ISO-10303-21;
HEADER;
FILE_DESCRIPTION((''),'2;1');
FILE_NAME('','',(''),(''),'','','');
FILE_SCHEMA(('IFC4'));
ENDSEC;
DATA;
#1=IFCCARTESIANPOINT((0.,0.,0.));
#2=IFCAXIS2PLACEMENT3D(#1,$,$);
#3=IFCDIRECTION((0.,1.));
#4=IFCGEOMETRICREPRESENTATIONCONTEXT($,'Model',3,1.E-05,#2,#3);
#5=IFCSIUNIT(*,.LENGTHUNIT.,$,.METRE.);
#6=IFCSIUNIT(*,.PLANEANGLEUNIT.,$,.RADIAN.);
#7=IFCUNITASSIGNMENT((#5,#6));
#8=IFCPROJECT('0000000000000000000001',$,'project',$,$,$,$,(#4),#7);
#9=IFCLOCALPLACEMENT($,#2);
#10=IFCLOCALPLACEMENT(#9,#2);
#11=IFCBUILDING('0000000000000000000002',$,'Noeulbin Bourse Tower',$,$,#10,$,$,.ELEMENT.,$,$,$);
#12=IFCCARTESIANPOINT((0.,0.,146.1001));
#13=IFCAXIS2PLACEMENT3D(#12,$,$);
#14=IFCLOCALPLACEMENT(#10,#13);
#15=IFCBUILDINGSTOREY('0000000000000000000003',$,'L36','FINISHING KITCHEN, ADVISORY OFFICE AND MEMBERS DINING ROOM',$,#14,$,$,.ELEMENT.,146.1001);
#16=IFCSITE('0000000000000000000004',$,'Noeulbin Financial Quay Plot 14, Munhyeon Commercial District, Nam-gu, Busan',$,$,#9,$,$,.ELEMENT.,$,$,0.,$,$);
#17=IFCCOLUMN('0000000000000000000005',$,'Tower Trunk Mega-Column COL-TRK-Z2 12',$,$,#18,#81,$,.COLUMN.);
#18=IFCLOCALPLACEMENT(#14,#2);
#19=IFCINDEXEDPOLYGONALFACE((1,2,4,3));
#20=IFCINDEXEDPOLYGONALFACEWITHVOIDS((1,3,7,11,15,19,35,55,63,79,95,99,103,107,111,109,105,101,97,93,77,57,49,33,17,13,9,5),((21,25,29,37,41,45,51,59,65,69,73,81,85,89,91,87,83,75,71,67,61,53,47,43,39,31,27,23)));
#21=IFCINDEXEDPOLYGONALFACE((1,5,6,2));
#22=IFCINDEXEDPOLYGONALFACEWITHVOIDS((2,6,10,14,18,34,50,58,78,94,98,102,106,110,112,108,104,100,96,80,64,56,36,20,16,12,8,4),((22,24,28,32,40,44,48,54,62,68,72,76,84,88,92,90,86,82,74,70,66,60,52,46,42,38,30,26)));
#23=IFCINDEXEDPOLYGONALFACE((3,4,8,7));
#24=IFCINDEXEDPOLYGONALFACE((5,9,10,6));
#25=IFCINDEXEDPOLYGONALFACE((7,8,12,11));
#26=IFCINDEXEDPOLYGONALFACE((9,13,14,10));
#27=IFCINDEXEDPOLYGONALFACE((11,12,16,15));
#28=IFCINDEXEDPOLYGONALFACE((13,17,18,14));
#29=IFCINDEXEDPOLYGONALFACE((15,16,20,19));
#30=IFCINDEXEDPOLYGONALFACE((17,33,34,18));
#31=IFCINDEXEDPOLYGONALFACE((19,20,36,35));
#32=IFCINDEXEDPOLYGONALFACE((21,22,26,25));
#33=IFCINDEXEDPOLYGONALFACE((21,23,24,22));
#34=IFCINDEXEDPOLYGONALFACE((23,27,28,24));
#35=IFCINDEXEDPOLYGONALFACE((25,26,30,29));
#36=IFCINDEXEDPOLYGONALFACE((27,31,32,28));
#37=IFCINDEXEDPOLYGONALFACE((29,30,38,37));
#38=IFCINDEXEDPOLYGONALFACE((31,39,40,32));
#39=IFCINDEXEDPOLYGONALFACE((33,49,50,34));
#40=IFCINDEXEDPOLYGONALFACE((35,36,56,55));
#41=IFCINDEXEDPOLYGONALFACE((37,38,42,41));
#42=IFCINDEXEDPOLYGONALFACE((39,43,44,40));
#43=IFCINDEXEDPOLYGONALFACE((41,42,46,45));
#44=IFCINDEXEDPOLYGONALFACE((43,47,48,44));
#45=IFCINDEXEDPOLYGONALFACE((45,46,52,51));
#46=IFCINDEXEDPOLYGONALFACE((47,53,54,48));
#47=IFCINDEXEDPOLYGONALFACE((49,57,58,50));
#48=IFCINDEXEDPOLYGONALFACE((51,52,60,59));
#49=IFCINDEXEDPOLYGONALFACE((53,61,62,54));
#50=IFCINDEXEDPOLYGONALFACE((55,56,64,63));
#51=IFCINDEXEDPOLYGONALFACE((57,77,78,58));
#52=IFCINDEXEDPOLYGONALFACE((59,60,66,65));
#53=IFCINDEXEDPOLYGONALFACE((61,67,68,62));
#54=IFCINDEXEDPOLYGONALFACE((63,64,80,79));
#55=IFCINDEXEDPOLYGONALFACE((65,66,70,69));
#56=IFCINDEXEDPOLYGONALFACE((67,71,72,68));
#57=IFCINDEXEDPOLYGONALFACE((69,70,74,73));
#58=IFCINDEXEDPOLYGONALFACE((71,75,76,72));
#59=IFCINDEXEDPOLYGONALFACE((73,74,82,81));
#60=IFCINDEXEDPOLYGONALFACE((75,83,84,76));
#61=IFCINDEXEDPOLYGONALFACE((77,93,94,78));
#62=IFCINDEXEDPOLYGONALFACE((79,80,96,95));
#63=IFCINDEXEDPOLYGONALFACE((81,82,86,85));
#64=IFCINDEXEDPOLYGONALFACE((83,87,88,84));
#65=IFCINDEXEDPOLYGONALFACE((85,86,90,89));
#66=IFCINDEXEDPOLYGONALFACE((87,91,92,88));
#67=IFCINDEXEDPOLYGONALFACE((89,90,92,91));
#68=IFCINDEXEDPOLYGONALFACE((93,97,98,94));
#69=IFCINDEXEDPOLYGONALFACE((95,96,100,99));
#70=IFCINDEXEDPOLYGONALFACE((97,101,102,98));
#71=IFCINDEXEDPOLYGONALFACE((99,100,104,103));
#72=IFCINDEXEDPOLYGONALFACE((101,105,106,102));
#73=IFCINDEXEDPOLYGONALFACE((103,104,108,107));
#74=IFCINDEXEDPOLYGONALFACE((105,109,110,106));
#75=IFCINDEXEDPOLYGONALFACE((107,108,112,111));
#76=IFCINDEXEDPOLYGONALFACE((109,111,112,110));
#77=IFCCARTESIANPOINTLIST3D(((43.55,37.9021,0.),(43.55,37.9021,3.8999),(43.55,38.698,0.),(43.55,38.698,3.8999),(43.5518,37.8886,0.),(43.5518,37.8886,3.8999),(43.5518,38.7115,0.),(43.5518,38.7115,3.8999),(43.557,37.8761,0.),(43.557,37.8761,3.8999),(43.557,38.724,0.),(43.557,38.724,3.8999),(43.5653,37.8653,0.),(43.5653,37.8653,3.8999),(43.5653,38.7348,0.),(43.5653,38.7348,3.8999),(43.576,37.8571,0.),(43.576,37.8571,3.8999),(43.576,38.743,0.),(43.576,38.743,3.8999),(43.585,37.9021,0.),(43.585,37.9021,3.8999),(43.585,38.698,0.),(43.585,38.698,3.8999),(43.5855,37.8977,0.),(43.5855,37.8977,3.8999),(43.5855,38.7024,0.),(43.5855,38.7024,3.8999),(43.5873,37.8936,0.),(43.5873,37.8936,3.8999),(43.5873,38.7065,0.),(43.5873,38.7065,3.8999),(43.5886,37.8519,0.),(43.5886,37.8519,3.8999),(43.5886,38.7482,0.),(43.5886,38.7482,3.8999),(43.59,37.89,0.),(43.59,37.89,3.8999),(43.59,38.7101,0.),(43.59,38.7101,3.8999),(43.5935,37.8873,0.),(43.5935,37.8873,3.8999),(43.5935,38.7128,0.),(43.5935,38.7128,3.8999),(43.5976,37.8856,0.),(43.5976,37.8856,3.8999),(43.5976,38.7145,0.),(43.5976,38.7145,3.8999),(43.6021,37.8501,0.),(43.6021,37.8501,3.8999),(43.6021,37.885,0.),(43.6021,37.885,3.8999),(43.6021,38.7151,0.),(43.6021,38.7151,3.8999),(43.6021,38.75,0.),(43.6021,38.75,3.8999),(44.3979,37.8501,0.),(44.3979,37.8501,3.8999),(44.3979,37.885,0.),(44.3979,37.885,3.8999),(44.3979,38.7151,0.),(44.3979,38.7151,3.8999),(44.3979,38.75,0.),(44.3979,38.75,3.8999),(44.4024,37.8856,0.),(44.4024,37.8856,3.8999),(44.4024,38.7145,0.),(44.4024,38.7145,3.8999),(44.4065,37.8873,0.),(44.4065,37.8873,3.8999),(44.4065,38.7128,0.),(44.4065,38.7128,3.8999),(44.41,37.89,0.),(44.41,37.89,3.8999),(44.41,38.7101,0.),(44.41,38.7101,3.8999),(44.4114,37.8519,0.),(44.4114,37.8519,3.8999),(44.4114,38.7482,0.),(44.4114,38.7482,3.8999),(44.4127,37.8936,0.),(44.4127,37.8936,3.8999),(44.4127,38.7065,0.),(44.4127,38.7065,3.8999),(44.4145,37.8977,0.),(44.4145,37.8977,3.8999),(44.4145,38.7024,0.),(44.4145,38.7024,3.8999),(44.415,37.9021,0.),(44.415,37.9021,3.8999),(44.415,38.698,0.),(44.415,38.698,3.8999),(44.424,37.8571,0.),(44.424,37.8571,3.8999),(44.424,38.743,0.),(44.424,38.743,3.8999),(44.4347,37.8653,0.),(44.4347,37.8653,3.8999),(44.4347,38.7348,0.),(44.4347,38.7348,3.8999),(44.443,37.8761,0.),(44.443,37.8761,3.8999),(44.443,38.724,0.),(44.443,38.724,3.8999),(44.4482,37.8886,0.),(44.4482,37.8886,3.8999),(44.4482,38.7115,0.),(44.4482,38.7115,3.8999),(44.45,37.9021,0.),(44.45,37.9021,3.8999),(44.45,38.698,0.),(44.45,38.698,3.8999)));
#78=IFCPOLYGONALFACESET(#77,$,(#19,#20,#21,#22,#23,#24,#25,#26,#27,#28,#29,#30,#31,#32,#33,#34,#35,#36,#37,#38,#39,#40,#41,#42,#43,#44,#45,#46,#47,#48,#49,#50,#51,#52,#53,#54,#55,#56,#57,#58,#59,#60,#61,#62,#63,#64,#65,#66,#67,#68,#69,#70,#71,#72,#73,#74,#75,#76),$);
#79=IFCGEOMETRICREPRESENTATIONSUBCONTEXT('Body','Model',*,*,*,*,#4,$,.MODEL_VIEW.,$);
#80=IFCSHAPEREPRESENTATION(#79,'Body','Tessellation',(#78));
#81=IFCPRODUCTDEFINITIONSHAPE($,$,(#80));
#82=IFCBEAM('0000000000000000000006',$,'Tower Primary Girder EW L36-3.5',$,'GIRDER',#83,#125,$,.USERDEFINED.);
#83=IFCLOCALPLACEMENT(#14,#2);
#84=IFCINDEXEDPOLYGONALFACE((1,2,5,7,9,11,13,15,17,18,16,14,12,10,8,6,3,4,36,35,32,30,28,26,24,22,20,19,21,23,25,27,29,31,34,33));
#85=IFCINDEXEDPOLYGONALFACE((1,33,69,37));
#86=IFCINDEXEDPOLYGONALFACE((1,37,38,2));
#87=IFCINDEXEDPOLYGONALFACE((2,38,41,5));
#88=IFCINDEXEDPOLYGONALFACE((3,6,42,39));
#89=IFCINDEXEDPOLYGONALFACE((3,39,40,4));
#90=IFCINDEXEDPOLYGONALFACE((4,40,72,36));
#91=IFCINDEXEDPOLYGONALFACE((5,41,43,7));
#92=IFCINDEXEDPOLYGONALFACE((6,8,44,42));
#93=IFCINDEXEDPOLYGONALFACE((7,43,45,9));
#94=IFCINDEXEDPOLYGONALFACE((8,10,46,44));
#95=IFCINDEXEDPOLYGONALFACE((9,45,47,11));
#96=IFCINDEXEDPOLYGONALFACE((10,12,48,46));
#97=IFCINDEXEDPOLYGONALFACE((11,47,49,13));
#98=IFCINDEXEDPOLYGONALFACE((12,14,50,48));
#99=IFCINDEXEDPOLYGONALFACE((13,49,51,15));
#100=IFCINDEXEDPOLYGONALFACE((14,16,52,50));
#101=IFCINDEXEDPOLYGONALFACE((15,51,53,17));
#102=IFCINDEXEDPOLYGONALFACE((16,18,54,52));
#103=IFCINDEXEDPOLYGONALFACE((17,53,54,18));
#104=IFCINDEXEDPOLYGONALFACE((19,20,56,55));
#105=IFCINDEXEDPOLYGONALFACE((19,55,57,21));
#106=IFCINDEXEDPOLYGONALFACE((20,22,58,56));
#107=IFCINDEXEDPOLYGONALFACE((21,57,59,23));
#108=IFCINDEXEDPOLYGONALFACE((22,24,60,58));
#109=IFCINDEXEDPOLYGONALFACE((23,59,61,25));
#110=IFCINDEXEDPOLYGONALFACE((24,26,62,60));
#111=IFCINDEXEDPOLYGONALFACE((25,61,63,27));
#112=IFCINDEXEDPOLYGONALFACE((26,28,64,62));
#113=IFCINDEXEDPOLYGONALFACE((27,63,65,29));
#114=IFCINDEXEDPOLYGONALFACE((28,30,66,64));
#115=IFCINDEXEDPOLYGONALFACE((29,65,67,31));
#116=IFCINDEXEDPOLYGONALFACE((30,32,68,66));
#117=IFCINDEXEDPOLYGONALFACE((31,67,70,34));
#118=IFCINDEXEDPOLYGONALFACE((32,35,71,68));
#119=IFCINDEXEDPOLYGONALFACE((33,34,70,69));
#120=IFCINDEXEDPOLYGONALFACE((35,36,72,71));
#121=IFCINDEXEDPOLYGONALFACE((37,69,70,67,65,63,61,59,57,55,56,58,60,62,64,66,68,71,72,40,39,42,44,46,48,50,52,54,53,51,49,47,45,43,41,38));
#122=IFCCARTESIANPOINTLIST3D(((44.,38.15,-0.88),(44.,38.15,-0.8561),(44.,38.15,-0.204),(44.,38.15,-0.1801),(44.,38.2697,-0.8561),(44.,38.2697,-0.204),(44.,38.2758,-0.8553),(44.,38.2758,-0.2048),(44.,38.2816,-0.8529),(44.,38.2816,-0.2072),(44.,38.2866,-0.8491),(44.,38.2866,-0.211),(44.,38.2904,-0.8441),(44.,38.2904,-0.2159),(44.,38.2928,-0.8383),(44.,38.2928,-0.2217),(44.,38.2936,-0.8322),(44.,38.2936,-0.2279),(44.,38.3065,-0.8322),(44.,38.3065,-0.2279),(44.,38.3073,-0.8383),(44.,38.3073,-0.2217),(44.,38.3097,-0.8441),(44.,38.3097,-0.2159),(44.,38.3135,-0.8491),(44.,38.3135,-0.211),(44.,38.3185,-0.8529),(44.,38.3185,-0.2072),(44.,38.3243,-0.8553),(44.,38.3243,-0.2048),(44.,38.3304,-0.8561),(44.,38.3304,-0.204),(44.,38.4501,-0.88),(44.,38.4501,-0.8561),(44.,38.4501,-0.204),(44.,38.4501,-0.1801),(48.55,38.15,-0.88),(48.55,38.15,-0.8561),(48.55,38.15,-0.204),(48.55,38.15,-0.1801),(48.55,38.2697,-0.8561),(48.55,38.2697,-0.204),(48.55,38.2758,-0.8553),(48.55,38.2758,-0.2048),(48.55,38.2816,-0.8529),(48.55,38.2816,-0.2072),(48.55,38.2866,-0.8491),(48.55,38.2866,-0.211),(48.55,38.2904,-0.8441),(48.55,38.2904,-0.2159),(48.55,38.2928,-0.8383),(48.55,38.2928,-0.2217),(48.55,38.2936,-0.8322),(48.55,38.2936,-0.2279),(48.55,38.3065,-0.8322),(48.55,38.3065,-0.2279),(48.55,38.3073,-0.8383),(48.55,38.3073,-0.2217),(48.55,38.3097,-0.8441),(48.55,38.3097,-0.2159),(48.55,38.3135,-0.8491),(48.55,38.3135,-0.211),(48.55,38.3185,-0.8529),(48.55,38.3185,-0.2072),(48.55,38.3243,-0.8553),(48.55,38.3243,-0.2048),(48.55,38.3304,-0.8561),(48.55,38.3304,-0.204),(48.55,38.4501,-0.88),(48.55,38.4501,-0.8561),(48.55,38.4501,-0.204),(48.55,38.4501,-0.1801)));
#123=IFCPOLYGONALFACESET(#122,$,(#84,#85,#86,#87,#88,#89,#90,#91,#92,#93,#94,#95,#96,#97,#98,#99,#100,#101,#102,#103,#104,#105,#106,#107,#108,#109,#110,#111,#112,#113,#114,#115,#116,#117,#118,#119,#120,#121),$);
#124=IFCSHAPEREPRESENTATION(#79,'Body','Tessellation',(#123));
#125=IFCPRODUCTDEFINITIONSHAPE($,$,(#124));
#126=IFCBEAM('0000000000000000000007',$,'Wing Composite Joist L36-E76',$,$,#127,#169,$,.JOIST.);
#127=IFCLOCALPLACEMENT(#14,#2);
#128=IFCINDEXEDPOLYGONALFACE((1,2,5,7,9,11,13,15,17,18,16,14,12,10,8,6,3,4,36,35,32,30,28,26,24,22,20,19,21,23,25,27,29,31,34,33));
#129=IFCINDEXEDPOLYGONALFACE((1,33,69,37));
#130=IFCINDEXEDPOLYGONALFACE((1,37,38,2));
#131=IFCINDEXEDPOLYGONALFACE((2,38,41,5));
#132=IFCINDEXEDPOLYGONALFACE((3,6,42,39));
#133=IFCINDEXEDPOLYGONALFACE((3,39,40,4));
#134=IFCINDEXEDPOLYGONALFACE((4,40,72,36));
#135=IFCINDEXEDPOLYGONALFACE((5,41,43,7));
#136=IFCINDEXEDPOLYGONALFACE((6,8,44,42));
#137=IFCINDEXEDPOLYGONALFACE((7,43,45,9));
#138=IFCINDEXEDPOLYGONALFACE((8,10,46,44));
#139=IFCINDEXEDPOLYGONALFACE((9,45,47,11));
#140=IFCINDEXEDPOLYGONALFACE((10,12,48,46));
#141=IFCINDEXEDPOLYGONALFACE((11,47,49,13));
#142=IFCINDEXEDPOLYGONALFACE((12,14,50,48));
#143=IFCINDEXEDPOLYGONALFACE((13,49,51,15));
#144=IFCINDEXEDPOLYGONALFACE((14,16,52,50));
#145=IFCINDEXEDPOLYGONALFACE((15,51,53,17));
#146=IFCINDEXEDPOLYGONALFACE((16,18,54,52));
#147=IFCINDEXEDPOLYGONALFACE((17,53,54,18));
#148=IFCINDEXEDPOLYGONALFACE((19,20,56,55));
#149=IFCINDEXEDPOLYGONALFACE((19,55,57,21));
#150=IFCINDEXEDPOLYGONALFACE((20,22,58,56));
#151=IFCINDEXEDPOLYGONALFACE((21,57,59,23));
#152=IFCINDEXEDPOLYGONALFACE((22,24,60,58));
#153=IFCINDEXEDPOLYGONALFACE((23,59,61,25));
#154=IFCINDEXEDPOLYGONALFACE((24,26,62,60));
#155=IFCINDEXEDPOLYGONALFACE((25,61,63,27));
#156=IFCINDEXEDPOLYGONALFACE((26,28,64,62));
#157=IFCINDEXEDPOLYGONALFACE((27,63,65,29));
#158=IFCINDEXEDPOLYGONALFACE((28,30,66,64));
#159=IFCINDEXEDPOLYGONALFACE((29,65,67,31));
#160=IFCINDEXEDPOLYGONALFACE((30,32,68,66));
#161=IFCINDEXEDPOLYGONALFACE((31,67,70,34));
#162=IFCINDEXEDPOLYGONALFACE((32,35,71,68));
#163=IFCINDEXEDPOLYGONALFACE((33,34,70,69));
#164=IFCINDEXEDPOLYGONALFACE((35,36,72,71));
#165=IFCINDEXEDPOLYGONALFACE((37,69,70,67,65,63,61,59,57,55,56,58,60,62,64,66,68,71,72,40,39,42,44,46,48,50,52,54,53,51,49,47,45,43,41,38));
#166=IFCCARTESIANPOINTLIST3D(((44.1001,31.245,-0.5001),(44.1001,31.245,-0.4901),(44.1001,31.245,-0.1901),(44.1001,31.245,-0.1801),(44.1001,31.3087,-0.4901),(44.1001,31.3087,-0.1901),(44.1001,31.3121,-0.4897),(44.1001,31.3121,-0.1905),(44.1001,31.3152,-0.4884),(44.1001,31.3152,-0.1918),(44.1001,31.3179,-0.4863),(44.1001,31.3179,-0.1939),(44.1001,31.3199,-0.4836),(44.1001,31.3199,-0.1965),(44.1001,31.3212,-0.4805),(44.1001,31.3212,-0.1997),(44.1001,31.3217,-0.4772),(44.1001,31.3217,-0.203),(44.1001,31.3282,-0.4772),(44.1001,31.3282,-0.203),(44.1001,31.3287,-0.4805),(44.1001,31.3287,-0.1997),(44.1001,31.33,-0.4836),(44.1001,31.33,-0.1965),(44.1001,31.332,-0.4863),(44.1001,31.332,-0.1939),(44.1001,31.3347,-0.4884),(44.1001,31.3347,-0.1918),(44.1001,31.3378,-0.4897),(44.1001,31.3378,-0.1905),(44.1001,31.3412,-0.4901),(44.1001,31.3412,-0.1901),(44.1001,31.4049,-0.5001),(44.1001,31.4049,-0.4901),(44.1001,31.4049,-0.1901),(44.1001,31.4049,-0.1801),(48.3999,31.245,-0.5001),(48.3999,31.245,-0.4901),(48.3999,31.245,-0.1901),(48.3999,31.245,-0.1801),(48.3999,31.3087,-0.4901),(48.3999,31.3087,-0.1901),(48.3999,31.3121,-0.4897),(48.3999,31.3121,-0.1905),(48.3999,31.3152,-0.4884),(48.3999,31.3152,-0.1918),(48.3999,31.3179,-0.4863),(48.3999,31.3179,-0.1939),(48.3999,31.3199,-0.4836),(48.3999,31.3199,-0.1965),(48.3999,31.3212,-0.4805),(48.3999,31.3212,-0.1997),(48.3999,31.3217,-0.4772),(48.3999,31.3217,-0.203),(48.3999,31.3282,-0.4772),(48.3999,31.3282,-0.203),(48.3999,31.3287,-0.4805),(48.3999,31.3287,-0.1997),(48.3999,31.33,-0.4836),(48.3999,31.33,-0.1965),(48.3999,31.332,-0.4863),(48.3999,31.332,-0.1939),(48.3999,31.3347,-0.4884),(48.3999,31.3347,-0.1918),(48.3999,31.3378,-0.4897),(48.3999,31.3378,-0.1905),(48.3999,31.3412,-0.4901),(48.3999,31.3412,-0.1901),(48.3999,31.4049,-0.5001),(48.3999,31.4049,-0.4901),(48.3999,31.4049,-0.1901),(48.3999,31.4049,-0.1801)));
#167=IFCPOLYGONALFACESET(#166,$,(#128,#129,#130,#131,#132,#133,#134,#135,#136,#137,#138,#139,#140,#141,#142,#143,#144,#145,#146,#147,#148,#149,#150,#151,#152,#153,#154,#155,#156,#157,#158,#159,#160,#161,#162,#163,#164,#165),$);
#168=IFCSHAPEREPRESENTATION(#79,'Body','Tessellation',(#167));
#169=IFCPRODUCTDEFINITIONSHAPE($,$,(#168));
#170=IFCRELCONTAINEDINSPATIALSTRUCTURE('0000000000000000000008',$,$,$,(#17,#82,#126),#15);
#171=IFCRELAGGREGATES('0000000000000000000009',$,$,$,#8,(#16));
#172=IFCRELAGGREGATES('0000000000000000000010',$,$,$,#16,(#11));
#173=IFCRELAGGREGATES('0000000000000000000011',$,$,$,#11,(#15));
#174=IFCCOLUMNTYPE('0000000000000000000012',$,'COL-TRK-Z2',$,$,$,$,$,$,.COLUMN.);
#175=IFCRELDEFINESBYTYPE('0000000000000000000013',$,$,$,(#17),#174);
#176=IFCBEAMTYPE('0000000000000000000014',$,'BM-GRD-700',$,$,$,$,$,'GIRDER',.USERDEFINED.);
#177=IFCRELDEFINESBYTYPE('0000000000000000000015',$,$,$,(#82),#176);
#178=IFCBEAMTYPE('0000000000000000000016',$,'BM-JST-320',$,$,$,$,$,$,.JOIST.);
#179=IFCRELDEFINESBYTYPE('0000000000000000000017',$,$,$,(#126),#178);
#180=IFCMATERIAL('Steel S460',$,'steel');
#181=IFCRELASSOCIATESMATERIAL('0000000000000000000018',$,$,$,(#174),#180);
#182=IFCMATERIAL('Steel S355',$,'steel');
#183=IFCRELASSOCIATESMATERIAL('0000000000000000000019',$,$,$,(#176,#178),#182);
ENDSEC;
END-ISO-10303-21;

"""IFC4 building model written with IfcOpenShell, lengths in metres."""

from ifc_helpers import new_model, si_unit, direction, frame, origin, origin_2d, place, context, subcontext, project, spatial, hollow_rectangle, i_section, extrude, material, material_profile, profile_set, type_object, element, save


model = new_model("IFC4")

# Units and contexts
model_context = context("Model", 3, precision=1e-05, world=origin(), true_north=direction((0.0, 1.0)))
body_context = subcontext(model_context, "Body", "Model", "MODEL_VIEW")
ifc_project = project(units=[si_unit("LENGTHUNIT", "METRE"), si_unit("PLANEANGLEUNIT", "RADIAN")], contexts=[model_context])

# Site, building, storey
site_placement = place(None, origin())
site = spatial("IfcSite", under=ifc_project, at=site_placement, Name="Noeulbin Financial Quay Plot 14, Munhyeon Commercial District, Nam-gu, Busan", CompositionType="ELEMENT", RefElevation=0.0)
building_placement = place(site_placement, origin())
building = spatial("IfcBuilding", under=site, at=building_placement, Name="Noeulbin Bourse Tower", CompositionType="ELEMENT")
storey_placement = place(building_placement, frame((0.0, 0.0, 146.1001)))
storey = spatial("IfcBuildingStorey", under=building, at=storey_placement, Name="L36", Description="FINISHING KITCHEN, ADVISORY OFFICE AND MEMBERS DINING ROOM", CompositionType="ELEMENT", Elevation=146.1001)

# Column
ifc_material_1 = material(Name="Steel S460", Category="steel")
ifc_material_profile_1 = material_profile(ifc_material_1, hollow_rectangle(XDim=0.8999, YDim=0.8999, WallThickness=0.0349, InnerFilletRadius=0.0171, OuterFilletRadius=0.052, at=origin_2d()), Name="BOX-900x900x35", Category="LoadBearing")
ifc_profile_set_1 = profile_set([ifc_material_profile_1], Name="Steel S460")
column_type = type_object("IfcColumnType", Name="COL-TRK-Z2", PredefinedType="COLUMN", material=ifc_profile_set_1)
column_placement = place(storey_placement, frame((44.0, 38.3, 0.0), z_axis=(0.0, 0.0, 1.0), x_axis=(1.0, 0.0, 0.0)))
element("IfcColumn", 1, at=column_placement, inside=storey, type_object=column_type, Name="Tower Trunk Mega-Column COL-TRK-Z2 12", PredefinedType="COLUMN", context=body_context, shape_type="SweptSolid", body=[
    extrude(hollow_rectangle(XDim=0.8999, YDim=0.8999, WallThickness=0.0349, InnerFilletRadius=0.0171, OuterFilletRadius=0.052, at=origin_2d()), origin(), (0.0, 0.0, 1.0), 3.8999),
])

# Beams
ifc_material_2 = material(Name="Steel S355", Category="steel")
ifc_material_profile_2 = material_profile(ifc_material_2, i_section(OverallWidth=0.3, OverallDepth=0.7, WebThickness=0.0129, FlangeThickness=0.0239, FilletRadius=0.0239, at=origin_2d()), Name="H-700x300x13x24", Category="LoadBearing")
ifc_profile_set_2 = profile_set([ifc_material_profile_2], Name="Steel S355")
beam_type_1 = type_object("IfcBeamType", Name="BM-GRD-700", ElementType="GIRDER", PredefinedType="USERDEFINED", material=ifc_profile_set_2)
beam_1_placement = place(storey_placement, frame((44.0, 38.3, -0.53), z_axis=(1.0, 0.0, 0.0), x_axis=(0.0, 1.0, 0.0)))
element("IfcBeam", 2, at=beam_1_placement, inside=storey, type_object=beam_type_1, Name="Tower Primary Girder EW L36-3.5", ObjectType="GIRDER", PredefinedType="USERDEFINED", context=body_context, shape_type="SweptSolid", body=[
    extrude(i_section(OverallWidth=0.3, OverallDepth=0.7, WebThickness=0.0129, FlangeThickness=0.0239, FilletRadius=0.0239, at=origin_2d()), origin(), (0.0, 0.0, 1.0), 4.55),
])
ifc_material_profile_3 = material_profile(ifc_material_2, i_section(OverallWidth=0.1599, OverallDepth=0.3201, WebThickness=0.0066, FlangeThickness=0.01, FilletRadius=0.0129, at=origin_2d()), Name="H-320x160x6.5x10", Category="LoadBearing")
ifc_profile_set_3 = profile_set([ifc_material_profile_3], Name="Steel S355")
beam_type_2 = type_object("IfcBeamType", Name="BM-JST-320", PredefinedType="JOIST", material=ifc_profile_set_3)
for number, where, z_axis, x_axis, name in (
    (3, (44.1001, 31.325, -0.3401), (1.0, 0.0, 0.0), (0.0, 1.0, 0.0), "Wing Composite Joist L36-E76"),
):
    element("IfcBeam", number, at=place(storey_placement, frame(where, z_axis=z_axis, x_axis=x_axis)), inside=storey, type_object=beam_type_2, Name=name, PredefinedType="JOIST", context=body_context, shape_type="SweptSolid", body=[
        extrude(i_section(OverallWidth=0.1599, OverallDepth=0.3201, WebThickness=0.0066, FlangeThickness=0.01, FilletRadius=0.0129, at=origin_2d()), origin(), (0.0, 0.0, 1.0), 4.2998),
    ])

save(model, "model.ifc")
